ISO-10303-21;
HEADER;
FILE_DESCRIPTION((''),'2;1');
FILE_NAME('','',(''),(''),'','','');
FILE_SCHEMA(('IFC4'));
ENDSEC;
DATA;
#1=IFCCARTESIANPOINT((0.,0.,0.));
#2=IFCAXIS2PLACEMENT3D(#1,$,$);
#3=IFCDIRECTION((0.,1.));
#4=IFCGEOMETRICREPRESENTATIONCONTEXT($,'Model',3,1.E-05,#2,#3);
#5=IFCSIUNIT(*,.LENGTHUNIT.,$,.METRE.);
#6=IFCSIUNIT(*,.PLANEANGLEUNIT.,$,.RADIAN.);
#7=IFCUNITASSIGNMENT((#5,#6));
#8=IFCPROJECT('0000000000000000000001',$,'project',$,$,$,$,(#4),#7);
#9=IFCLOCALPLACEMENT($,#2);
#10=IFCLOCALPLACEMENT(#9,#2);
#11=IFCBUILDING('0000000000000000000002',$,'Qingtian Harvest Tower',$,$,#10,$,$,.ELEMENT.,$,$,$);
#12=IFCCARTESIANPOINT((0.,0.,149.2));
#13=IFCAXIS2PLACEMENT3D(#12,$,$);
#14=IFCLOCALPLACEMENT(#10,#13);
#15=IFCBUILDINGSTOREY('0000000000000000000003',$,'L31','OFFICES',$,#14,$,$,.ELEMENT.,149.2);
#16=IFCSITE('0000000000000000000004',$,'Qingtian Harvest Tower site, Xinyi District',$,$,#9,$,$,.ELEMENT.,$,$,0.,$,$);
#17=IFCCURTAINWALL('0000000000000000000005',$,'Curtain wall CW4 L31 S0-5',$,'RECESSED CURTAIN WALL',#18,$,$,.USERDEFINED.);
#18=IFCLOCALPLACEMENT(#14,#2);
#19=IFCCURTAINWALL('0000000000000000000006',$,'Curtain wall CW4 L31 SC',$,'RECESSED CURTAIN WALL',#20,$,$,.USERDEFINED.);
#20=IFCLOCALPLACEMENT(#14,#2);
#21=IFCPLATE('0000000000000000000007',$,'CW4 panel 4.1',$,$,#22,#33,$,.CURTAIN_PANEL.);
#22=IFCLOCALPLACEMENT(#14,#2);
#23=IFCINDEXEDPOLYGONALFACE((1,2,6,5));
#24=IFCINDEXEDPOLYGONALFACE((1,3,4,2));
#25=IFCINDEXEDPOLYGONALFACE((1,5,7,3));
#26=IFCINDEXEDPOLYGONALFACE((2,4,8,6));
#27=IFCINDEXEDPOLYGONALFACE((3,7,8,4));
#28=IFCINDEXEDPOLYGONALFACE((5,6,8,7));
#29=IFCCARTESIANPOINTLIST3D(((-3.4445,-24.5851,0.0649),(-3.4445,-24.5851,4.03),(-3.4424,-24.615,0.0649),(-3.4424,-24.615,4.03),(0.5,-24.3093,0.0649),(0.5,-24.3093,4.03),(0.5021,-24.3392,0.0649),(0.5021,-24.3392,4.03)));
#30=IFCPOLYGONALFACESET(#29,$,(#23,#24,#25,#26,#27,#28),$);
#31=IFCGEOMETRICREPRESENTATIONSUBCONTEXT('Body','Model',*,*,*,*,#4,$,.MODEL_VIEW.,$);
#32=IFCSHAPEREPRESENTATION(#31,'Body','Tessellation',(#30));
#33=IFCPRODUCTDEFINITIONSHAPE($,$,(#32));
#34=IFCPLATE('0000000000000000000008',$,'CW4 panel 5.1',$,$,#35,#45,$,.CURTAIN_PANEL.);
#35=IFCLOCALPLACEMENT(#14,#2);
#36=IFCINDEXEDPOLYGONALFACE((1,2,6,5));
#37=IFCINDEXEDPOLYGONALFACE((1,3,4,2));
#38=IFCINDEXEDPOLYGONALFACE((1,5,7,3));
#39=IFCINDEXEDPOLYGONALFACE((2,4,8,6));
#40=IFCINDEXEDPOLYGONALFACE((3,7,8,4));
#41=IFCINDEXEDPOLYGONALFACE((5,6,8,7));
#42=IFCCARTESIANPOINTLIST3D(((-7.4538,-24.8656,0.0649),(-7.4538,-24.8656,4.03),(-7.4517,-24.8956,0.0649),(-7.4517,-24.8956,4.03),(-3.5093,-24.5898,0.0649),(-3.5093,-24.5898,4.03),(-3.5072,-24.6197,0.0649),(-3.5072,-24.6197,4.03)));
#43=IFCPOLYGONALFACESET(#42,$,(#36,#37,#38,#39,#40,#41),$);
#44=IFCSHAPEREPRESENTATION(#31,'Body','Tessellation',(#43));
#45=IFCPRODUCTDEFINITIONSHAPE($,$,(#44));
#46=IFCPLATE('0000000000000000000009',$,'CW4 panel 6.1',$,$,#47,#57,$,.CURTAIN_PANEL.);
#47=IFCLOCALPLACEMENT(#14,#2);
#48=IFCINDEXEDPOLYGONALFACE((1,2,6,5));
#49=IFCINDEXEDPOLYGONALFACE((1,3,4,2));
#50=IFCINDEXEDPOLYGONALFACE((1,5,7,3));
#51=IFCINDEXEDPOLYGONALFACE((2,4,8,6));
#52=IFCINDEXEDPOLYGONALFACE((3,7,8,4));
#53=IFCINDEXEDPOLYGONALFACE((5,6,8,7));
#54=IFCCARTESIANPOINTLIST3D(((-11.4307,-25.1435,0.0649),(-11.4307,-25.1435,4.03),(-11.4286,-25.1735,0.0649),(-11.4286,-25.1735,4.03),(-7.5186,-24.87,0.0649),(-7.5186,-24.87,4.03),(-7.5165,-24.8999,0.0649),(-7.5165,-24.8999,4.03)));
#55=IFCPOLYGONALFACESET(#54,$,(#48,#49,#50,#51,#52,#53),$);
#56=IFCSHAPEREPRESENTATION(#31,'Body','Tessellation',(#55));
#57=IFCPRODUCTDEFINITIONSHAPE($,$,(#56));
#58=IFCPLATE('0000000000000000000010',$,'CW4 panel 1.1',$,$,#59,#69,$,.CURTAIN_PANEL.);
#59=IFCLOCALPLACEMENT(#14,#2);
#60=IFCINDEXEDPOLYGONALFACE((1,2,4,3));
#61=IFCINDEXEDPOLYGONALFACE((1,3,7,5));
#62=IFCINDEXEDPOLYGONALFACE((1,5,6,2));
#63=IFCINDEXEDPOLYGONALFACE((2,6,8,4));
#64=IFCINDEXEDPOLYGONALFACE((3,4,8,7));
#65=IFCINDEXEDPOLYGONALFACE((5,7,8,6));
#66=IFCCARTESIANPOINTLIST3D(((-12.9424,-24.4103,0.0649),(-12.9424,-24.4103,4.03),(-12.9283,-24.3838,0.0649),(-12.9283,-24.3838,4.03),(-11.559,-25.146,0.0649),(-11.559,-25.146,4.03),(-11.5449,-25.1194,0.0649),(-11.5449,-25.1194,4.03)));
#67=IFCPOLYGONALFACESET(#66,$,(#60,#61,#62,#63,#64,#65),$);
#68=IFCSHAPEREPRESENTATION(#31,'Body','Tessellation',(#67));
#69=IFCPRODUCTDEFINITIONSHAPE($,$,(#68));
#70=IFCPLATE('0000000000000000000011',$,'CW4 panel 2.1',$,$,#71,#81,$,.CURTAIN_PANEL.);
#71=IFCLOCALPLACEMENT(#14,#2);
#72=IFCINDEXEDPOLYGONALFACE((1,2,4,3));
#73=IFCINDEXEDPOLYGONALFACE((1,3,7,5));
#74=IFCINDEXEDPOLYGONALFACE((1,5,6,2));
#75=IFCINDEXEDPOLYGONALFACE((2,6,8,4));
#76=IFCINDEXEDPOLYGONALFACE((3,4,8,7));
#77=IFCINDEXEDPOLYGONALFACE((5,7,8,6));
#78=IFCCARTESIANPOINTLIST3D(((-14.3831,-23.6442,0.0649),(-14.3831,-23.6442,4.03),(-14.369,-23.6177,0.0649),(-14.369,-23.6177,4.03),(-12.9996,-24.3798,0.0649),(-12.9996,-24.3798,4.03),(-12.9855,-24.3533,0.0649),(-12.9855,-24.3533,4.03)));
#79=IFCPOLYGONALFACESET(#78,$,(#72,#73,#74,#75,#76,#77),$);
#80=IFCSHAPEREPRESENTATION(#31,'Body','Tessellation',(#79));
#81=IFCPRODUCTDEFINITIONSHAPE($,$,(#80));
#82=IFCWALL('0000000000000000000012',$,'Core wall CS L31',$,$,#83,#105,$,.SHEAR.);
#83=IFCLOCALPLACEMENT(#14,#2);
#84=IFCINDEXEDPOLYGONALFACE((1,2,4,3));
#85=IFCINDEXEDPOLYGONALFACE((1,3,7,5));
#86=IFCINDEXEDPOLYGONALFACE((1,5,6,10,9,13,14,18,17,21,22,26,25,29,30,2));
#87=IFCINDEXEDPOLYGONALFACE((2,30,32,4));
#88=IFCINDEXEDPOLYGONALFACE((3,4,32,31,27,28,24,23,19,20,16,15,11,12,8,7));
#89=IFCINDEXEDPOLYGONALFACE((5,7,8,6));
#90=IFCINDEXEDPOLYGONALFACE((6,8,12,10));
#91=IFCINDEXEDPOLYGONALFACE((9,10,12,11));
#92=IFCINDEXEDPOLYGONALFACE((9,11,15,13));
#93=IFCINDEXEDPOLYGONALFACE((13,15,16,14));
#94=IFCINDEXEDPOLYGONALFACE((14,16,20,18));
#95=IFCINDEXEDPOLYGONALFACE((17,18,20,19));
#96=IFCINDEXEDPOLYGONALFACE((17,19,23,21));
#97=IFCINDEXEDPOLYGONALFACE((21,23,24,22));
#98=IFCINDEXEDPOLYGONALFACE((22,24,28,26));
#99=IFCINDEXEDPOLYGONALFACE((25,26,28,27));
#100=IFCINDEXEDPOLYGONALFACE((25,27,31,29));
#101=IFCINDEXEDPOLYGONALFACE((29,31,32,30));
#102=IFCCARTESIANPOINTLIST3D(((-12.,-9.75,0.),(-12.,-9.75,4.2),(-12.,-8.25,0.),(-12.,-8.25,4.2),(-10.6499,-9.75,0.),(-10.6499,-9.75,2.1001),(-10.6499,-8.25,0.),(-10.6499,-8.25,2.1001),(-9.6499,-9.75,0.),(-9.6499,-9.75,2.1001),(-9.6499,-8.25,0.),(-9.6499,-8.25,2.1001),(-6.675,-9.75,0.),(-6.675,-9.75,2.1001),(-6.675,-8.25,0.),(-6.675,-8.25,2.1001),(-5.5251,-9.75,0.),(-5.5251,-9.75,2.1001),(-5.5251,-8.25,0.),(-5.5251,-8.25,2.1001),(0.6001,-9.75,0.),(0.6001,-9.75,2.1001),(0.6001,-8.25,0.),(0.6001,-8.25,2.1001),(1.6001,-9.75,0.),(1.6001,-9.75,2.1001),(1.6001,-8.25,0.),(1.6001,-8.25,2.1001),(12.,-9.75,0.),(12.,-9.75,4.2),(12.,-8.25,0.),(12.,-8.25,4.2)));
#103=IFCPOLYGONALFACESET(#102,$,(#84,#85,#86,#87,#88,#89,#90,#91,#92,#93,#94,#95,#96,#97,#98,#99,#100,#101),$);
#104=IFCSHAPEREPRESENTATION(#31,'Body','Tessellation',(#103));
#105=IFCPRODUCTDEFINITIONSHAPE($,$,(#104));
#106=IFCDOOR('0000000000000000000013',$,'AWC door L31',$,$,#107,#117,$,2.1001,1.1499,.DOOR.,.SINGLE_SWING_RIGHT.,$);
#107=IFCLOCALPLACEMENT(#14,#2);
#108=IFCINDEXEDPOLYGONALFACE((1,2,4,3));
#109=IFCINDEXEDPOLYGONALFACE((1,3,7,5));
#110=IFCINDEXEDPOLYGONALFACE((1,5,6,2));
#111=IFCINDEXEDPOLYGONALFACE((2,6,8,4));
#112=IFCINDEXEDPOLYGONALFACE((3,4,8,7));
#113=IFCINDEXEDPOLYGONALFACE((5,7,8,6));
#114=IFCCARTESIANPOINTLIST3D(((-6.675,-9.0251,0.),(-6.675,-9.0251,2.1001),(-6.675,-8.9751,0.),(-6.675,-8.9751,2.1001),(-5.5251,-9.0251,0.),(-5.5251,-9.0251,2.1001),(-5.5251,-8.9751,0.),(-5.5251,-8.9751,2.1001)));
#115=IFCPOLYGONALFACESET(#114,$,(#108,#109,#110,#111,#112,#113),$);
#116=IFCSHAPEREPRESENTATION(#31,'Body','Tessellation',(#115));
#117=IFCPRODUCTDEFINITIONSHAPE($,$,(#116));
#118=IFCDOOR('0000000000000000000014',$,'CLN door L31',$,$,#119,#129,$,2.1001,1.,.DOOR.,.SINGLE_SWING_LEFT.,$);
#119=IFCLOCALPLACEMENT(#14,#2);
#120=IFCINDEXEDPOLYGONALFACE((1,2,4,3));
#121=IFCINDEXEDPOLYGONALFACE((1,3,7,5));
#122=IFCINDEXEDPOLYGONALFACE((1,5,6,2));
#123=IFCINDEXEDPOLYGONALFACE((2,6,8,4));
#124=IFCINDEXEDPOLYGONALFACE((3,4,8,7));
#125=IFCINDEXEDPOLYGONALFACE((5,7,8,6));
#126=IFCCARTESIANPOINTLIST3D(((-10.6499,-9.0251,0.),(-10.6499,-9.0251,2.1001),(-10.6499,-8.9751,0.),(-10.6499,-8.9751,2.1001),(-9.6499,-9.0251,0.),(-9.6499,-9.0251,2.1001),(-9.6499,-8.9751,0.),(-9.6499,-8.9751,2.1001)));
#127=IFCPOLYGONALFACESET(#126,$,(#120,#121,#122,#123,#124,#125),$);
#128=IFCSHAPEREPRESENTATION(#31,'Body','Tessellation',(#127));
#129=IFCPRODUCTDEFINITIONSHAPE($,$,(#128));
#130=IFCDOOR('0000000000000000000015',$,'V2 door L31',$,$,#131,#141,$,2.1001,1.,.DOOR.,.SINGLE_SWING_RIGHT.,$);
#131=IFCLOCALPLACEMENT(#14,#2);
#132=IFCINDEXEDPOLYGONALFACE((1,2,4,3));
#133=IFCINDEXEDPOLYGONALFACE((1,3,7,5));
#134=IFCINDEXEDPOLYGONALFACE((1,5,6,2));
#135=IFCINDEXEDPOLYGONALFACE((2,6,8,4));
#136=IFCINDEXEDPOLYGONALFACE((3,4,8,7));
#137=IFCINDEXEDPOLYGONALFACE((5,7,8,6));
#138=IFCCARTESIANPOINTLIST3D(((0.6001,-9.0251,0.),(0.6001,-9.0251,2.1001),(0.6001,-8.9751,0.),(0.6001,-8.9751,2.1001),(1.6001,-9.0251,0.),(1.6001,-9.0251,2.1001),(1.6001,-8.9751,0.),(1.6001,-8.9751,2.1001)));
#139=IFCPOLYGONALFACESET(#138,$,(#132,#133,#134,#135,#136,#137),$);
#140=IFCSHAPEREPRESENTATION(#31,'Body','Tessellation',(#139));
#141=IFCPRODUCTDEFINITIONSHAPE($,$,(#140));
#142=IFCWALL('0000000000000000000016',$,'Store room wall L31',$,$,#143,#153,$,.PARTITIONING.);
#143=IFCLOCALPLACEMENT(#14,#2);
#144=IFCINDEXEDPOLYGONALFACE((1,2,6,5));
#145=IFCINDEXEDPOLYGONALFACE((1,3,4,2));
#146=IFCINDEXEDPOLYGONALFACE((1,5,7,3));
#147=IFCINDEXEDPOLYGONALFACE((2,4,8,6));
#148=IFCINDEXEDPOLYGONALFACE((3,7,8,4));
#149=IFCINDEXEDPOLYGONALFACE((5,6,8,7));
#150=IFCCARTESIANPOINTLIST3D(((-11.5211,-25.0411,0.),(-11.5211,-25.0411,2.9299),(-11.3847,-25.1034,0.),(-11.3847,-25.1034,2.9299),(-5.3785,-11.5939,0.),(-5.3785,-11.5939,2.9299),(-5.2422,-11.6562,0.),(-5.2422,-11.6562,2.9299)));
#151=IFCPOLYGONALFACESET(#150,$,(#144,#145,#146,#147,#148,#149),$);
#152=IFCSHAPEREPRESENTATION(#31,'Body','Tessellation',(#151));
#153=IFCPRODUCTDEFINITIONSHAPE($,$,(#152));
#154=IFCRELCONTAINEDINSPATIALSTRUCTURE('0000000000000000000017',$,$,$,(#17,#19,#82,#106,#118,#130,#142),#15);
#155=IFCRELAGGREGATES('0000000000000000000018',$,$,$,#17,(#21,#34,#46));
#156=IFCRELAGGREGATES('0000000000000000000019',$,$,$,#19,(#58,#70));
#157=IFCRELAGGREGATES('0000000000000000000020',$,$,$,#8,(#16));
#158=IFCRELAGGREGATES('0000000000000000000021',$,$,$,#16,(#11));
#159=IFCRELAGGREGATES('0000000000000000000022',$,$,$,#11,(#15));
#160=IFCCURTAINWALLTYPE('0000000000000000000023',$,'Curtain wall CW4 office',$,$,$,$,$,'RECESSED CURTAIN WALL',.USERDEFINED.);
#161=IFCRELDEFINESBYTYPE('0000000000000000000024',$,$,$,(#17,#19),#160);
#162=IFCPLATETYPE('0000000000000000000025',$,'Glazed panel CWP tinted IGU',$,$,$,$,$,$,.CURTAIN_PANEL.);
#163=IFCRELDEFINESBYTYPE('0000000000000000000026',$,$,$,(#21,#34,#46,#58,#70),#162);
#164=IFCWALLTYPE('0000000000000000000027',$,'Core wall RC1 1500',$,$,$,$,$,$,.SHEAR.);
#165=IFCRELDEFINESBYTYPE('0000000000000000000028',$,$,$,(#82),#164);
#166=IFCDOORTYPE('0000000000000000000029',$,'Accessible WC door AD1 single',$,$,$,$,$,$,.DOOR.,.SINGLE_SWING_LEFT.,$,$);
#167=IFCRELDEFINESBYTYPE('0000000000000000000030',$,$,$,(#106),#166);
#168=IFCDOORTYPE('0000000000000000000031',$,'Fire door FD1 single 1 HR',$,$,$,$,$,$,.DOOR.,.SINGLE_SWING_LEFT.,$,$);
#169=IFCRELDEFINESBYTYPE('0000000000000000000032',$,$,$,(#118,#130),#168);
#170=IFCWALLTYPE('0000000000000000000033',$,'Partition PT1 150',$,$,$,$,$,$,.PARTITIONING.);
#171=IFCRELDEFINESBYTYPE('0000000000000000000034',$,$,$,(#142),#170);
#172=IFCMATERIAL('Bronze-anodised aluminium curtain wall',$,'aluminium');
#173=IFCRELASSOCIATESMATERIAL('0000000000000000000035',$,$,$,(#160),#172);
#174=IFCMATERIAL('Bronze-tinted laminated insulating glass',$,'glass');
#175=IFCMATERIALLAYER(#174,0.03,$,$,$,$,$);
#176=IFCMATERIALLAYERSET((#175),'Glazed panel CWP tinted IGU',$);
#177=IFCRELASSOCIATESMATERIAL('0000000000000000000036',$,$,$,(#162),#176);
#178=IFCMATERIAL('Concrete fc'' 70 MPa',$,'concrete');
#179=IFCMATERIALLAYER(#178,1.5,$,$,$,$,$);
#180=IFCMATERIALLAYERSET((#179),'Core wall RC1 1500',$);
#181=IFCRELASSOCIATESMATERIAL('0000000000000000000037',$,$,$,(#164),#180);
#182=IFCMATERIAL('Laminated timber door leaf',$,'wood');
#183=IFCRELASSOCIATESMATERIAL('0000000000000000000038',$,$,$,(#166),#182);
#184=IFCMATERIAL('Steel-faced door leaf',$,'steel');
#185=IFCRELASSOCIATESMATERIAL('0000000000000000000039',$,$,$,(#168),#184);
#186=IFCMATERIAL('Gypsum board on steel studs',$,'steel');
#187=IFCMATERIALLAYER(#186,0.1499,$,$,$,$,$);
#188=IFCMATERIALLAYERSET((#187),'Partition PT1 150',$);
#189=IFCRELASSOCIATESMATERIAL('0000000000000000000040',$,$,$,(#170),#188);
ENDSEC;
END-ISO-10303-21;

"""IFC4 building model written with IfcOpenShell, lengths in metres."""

from ifc_helpers import new_model, si_unit, direction, frame, frame_2d, origin, origin_2d, place, context, subcontext, project, spatial, rectangle, extrude, material, layer, layer_set, type_object, element, fill, aggregate, save


model = new_model("IFC4")

# Units and contexts
model_context = context("Model", 3, precision=1e-05, world=origin(), true_north=direction((0.0, 1.0)))
body_context = subcontext(model_context, "Body", "Model", "MODEL_VIEW")
ifc_project = project(units=[si_unit("LENGTHUNIT", "METRE"), si_unit("PLANEANGLEUNIT", "RADIAN")], contexts=[model_context])

# Site, building, storey
site_placement = place(None, origin())
site = spatial("IfcSite", under=ifc_project, at=site_placement, Name="Qingtian Harvest Tower site, Xinyi District", CompositionType="ELEMENT", RefElevation=0.0)
building_placement = place(site_placement, origin())
building = spatial("IfcBuilding", under=site, at=building_placement, Name="Qingtian Harvest Tower", CompositionType="ELEMENT")
storey_placement = place(building_placement, frame((0.0, 0.0, 149.2)))
storey = spatial("IfcBuildingStorey", under=building, at=storey_placement, Name="L31", Description="OFFICES", CompositionType="ELEMENT", Elevation=149.2)

# Curtain walls
ifc_material_1 = material(Name="Bronze-anodised aluminium curtain wall", Category="aluminium")
curtain_wall_type = type_object("IfcCurtainWallType", Name="Curtain wall CW4 office", ElementType="RECESSED CURTAIN WALL", PredefinedType="USERDEFINED", material=ifc_material_1)
curtain_wall_1_placement = place(storey_placement, origin())
curtain_wall_1 = element("IfcCurtainWall", 1, at=curtain_wall_1_placement, inside=storey, type_object=curtain_wall_type, Name="Curtain wall CW4 L31 S0-5", ObjectType="RECESSED CURTAIN WALL", PredefinedType="USERDEFINED")
curtain_wall_2_placement = place(storey_placement, origin())
curtain_wall_2 = element("IfcCurtainWall", 2, at=curtain_wall_2_placement, inside=storey, type_object=curtain_wall_type, Name="Curtain wall CW4 L31 SC", ObjectType="RECESSED CURTAIN WALL", PredefinedType="USERDEFINED")

# Plates
ifc_material_2 = material(Name="Bronze-tinted laminated insulating glass", Category="glass")
ifc_layer_1 = layer(ifc_material_2, 0.03)
ifc_layer_set_1 = layer_set([ifc_layer_1], Name="Glazed panel CWP tinted IGU")
plate_type = type_object("IfcPlateType", Name="Glazed panel CWP tinted IGU", PredefinedType="CURTAIN_PANEL", material=ifc_layer_set_1)
plate_1_placement = place(storey_placement, frame((-1.4712, -24.4622, 0.0649), z_axis=(0.0, 0.0, 1.0), x_axis=(-0.997564, -0.069756, 0.0)))
plate_1 = element("IfcPlate", 3, at=plate_1_placement, type_object=plate_type, Name="CW4 panel 4.1", PredefinedType="CURTAIN_PANEL", context=body_context, shape_type="SweptSolid", body=[
    extrude(rectangle(XDim=3.9541, YDim=0.03, at=origin_2d()), origin(), (0.0, 0.0, 1.0), 3.9651),
])
plate_2_placement = place(storey_placement, frame((-5.4805, -24.7427, 0.0649), z_axis=(0.0, 0.0, 1.0), x_axis=(-0.997564, -0.069756, 0.0)))
plate_2 = element("IfcPlate", 4, at=plate_2_placement, type_object=plate_type, Name="CW4 panel 5.1", PredefinedType="CURTAIN_PANEL", context=body_context, shape_type="SweptSolid", body=[
    extrude(rectangle(XDim=3.9541, YDim=0.03, at=origin_2d()), origin(), (0.0, 0.0, 1.0), 3.9651),
])
plate_3_placement = place(storey_placement, frame((-9.4736, -25.0217, 0.0649), z_axis=(0.0, 0.0, 1.0), x_axis=(-0.997564, -0.069756, 0.0)))
plate_3 = element("IfcPlate", 5, at=plate_3_placement, type_object=plate_type, Name="CW4 panel 6.1", PredefinedType="CURTAIN_PANEL", context=body_context, shape_type="SweptSolid", body=[
    extrude(rectangle(XDim=3.9216, YDim=0.03, at=origin_2d()), origin(), (0.0, 0.0, 1.0), 3.9651),
])
aggregate(curtain_wall_1, [plate_1, plate_2, plate_3])
plate_4_placement = place(storey_placement, frame((-12.2437, -24.7649, 0.0649), z_axis=(0.0, 0.0, 1.0), x_axis=(-0.882948, 0.469472, 0.0)))
plate_4 = element("IfcPlate", 6, at=plate_4_placement, type_object=plate_type, Name="CW4 panel 1.1", PredefinedType="CURTAIN_PANEL", context=body_context, shape_type="SweptSolid", body=[
    extrude(rectangle(XDim=1.5669, YDim=0.03, at=origin_2d()), origin(), (0.0, 0.0, 1.0), 3.9651),
])
plate_5_placement = place(storey_placement, frame((-13.6843, -23.9988, 0.0649), z_axis=(0.0, 0.0, 1.0), x_axis=(-0.882948, 0.469472, 0.0)))
plate_5 = element("IfcPlate", 7, at=plate_5_placement, type_object=plate_type, Name="CW4 panel 2.1", PredefinedType="CURTAIN_PANEL", context=body_context, shape_type="SweptSolid", body=[
    extrude(rectangle(XDim=1.5669, YDim=0.03, at=origin_2d()), origin(), (0.0, 0.0, 1.0), 3.9651),
])
aggregate(curtain_wall_2, [plate_4, plate_5])

# Wall, openings, doors
ifc_material_3 = material(Name="Concrete fc' 70 MPa", Category="concrete")
ifc_layer_2 = layer(ifc_material_3, 1.5)
ifc_layer_set_2 = layer_set([ifc_layer_2], Name="Core wall RC1 1500")
wall_type_1 = type_object("IfcWallType", Name="Core wall RC1 1500", PredefinedType="SHEAR", material=ifc_layer_set_2)
wall_1_placement = place(storey_placement, frame((-12.0, -9.0, 0.0), z_axis=(0.0, 0.0, 1.0), x_axis=(1.0, 0.0, 0.0)))
wall_1 = element("IfcWall", 8, at=wall_1_placement, inside=storey, type_object=wall_type_1, Name="Core wall CS L31", PredefinedType="SHEAR", context=body_context, shape_type="SweptSolid", body=[
    extrude(rectangle(XDim=24.0, YDim=1.5, at=frame_2d((12.0, 0.0))), origin(), (0.0, 0.0, 1.0), 4.2),
])
opening_1_placement = place(wall_1_placement, frame((1.3501, 0.0, 0.0)))
opening_1 = element("IfcOpeningElement", 9, at=opening_1_placement, cuts=wall_1, PredefinedType="OPENING", context=body_context, shape_type="SweptSolid", body=[
    extrude(rectangle(XDim=1.0, YDim=2.1001, at=frame_2d((0.5, 1.05))), frame((0.0, 0.76, 0.0), z_axis=(0.0, -1.0, 0.0), x_axis=(1.0, 0.0, 0.0)), (0.0, 0.0, 1.0), 1.52),
])
opening_2_placement = place(wall_1_placement, frame((5.325, 0.0, 0.0)))
opening_2 = element("IfcOpeningElement", 10, at=opening_2_placement, cuts=wall_1, PredefinedType="OPENING", context=body_context, shape_type="SweptSolid", body=[
    extrude(rectangle(XDim=1.1499, YDim=2.1001, at=frame_2d((0.575, 1.05))), frame((0.0, 0.76, 0.0), z_axis=(0.0, -1.0, 0.0), x_axis=(1.0, 0.0, 0.0)), (0.0, 0.0, 1.0), 1.52),
])
opening_3_placement = place(wall_1_placement, frame((12.6001, 0.0, 0.0)))
opening_3 = element("IfcOpeningElement", 11, at=opening_3_placement, cuts=wall_1, PredefinedType="OPENING", context=body_context, shape_type="SweptSolid", body=[
    extrude(rectangle(XDim=1.0, YDim=2.1001, at=frame_2d((0.5, 1.05))), frame((0.0, 0.76, 0.0), z_axis=(0.0, -1.0, 0.0), x_axis=(1.0, 0.0, 0.0)), (0.0, 0.0, 1.0), 1.52),
])
ifc_material_4 = material(Name="Laminated timber door leaf", Category="wood")
door_type_1 = type_object("IfcDoorType", Name="Accessible WC door AD1 single", OperationType="SINGLE_SWING_LEFT", PredefinedType="DOOR", material=ifc_material_4)
door_1_placement = place(opening_2_placement, origin())
door_1 = element("IfcDoor", 12, at=door_1_placement, inside=storey, type_object=door_type_1, Name="AWC door L31", OperationType="SINGLE_SWING_RIGHT", OverallHeight=2.1001, OverallWidth=1.1499, PredefinedType="DOOR", context=body_context, shape_type="SweptSolid", body=[
    extrude(rectangle(XDim=1.1499, YDim=2.1001, at=frame_2d((0.575, 1.05))), frame((0.0, 0.0249, 0.0), z_axis=(0.0, -1.0, 0.0), x_axis=(1.0, 0.0, 0.0)), (0.0, 0.0, 1.0), 0.05),
])
fill(opening_2, door_1)
ifc_material_5 = material(Name="Steel-faced door leaf", Category="steel")
door_type_2 = type_object("IfcDoorType", Name="Fire door FD1 single 1 HR", OperationType="SINGLE_SWING_LEFT", PredefinedType="DOOR", material=ifc_material_5)
door_2_placement = place(opening_1_placement, origin())
door_2 = element("IfcDoor", 13, at=door_2_placement, inside=storey, type_object=door_type_2, Name="CLN door L31", OperationType="SINGLE_SWING_LEFT", OverallHeight=2.1001, OverallWidth=1.0, PredefinedType="DOOR", context=body_context, shape_type="SweptSolid", body=[
    extrude(rectangle(XDim=1.0, YDim=2.1001, at=frame_2d((0.5, 1.05))), frame((0.0, 0.0249, 0.0), z_axis=(0.0, -1.0, 0.0), x_axis=(1.0, 0.0, 0.0)), (0.0, 0.0, 1.0), 0.05),
])
fill(opening_1, door_2)
door_3_placement = place(opening_3_placement, origin())
door_3 = element("IfcDoor", 14, at=door_3_placement, inside=storey, type_object=door_type_2, Name="V2 door L31", OperationType="SINGLE_SWING_RIGHT", OverallHeight=2.1001, OverallWidth=1.0, PredefinedType="DOOR", context=body_context, shape_type="SweptSolid", body=[
    extrude(rectangle(XDim=1.0, YDim=2.1001, at=frame_2d((0.5, 1.05))), frame((0.0, 0.0249, 0.0), z_axis=(0.0, -1.0, 0.0), x_axis=(1.0, 0.0, 0.0)), (0.0, 0.0, 1.0), 0.05),
])
fill(opening_3, door_3)

# Wall
ifc_material_6 = material(Name="Gypsum board on steel studs", Category="steel")
ifc_layer_3 = layer(ifc_material_6, 0.1499)
ifc_layer_set_3 = layer_set([ifc_layer_3], Name="Partition PT1 150")
wall_type_2 = type_object("IfcWallType", Name="Partition PT1 150", PredefinedType="PARTITIONING", material=ifc_layer_set_3)
wall_2_placement = place(storey_placement, frame((-11.4529, -25.0723, 0.0), z_axis=(0.0, 0.0, 1.0), x_axis=(0.415494, 0.909596, 0.0)))
element("IfcWall", 15, at=wall_2_placement, inside=storey, type_object=wall_type_2, Name="Store room wall L31", PredefinedType="PARTITIONING", context=body_context, shape_type="SweptSolid", body=[
    extrude(rectangle(XDim=14.7837, YDim=0.1499, at=frame_2d((7.3918, 0.0))), origin(), (0.0, 0.0, 1.0), 2.9299),
])

save(model, "model.ifc")
